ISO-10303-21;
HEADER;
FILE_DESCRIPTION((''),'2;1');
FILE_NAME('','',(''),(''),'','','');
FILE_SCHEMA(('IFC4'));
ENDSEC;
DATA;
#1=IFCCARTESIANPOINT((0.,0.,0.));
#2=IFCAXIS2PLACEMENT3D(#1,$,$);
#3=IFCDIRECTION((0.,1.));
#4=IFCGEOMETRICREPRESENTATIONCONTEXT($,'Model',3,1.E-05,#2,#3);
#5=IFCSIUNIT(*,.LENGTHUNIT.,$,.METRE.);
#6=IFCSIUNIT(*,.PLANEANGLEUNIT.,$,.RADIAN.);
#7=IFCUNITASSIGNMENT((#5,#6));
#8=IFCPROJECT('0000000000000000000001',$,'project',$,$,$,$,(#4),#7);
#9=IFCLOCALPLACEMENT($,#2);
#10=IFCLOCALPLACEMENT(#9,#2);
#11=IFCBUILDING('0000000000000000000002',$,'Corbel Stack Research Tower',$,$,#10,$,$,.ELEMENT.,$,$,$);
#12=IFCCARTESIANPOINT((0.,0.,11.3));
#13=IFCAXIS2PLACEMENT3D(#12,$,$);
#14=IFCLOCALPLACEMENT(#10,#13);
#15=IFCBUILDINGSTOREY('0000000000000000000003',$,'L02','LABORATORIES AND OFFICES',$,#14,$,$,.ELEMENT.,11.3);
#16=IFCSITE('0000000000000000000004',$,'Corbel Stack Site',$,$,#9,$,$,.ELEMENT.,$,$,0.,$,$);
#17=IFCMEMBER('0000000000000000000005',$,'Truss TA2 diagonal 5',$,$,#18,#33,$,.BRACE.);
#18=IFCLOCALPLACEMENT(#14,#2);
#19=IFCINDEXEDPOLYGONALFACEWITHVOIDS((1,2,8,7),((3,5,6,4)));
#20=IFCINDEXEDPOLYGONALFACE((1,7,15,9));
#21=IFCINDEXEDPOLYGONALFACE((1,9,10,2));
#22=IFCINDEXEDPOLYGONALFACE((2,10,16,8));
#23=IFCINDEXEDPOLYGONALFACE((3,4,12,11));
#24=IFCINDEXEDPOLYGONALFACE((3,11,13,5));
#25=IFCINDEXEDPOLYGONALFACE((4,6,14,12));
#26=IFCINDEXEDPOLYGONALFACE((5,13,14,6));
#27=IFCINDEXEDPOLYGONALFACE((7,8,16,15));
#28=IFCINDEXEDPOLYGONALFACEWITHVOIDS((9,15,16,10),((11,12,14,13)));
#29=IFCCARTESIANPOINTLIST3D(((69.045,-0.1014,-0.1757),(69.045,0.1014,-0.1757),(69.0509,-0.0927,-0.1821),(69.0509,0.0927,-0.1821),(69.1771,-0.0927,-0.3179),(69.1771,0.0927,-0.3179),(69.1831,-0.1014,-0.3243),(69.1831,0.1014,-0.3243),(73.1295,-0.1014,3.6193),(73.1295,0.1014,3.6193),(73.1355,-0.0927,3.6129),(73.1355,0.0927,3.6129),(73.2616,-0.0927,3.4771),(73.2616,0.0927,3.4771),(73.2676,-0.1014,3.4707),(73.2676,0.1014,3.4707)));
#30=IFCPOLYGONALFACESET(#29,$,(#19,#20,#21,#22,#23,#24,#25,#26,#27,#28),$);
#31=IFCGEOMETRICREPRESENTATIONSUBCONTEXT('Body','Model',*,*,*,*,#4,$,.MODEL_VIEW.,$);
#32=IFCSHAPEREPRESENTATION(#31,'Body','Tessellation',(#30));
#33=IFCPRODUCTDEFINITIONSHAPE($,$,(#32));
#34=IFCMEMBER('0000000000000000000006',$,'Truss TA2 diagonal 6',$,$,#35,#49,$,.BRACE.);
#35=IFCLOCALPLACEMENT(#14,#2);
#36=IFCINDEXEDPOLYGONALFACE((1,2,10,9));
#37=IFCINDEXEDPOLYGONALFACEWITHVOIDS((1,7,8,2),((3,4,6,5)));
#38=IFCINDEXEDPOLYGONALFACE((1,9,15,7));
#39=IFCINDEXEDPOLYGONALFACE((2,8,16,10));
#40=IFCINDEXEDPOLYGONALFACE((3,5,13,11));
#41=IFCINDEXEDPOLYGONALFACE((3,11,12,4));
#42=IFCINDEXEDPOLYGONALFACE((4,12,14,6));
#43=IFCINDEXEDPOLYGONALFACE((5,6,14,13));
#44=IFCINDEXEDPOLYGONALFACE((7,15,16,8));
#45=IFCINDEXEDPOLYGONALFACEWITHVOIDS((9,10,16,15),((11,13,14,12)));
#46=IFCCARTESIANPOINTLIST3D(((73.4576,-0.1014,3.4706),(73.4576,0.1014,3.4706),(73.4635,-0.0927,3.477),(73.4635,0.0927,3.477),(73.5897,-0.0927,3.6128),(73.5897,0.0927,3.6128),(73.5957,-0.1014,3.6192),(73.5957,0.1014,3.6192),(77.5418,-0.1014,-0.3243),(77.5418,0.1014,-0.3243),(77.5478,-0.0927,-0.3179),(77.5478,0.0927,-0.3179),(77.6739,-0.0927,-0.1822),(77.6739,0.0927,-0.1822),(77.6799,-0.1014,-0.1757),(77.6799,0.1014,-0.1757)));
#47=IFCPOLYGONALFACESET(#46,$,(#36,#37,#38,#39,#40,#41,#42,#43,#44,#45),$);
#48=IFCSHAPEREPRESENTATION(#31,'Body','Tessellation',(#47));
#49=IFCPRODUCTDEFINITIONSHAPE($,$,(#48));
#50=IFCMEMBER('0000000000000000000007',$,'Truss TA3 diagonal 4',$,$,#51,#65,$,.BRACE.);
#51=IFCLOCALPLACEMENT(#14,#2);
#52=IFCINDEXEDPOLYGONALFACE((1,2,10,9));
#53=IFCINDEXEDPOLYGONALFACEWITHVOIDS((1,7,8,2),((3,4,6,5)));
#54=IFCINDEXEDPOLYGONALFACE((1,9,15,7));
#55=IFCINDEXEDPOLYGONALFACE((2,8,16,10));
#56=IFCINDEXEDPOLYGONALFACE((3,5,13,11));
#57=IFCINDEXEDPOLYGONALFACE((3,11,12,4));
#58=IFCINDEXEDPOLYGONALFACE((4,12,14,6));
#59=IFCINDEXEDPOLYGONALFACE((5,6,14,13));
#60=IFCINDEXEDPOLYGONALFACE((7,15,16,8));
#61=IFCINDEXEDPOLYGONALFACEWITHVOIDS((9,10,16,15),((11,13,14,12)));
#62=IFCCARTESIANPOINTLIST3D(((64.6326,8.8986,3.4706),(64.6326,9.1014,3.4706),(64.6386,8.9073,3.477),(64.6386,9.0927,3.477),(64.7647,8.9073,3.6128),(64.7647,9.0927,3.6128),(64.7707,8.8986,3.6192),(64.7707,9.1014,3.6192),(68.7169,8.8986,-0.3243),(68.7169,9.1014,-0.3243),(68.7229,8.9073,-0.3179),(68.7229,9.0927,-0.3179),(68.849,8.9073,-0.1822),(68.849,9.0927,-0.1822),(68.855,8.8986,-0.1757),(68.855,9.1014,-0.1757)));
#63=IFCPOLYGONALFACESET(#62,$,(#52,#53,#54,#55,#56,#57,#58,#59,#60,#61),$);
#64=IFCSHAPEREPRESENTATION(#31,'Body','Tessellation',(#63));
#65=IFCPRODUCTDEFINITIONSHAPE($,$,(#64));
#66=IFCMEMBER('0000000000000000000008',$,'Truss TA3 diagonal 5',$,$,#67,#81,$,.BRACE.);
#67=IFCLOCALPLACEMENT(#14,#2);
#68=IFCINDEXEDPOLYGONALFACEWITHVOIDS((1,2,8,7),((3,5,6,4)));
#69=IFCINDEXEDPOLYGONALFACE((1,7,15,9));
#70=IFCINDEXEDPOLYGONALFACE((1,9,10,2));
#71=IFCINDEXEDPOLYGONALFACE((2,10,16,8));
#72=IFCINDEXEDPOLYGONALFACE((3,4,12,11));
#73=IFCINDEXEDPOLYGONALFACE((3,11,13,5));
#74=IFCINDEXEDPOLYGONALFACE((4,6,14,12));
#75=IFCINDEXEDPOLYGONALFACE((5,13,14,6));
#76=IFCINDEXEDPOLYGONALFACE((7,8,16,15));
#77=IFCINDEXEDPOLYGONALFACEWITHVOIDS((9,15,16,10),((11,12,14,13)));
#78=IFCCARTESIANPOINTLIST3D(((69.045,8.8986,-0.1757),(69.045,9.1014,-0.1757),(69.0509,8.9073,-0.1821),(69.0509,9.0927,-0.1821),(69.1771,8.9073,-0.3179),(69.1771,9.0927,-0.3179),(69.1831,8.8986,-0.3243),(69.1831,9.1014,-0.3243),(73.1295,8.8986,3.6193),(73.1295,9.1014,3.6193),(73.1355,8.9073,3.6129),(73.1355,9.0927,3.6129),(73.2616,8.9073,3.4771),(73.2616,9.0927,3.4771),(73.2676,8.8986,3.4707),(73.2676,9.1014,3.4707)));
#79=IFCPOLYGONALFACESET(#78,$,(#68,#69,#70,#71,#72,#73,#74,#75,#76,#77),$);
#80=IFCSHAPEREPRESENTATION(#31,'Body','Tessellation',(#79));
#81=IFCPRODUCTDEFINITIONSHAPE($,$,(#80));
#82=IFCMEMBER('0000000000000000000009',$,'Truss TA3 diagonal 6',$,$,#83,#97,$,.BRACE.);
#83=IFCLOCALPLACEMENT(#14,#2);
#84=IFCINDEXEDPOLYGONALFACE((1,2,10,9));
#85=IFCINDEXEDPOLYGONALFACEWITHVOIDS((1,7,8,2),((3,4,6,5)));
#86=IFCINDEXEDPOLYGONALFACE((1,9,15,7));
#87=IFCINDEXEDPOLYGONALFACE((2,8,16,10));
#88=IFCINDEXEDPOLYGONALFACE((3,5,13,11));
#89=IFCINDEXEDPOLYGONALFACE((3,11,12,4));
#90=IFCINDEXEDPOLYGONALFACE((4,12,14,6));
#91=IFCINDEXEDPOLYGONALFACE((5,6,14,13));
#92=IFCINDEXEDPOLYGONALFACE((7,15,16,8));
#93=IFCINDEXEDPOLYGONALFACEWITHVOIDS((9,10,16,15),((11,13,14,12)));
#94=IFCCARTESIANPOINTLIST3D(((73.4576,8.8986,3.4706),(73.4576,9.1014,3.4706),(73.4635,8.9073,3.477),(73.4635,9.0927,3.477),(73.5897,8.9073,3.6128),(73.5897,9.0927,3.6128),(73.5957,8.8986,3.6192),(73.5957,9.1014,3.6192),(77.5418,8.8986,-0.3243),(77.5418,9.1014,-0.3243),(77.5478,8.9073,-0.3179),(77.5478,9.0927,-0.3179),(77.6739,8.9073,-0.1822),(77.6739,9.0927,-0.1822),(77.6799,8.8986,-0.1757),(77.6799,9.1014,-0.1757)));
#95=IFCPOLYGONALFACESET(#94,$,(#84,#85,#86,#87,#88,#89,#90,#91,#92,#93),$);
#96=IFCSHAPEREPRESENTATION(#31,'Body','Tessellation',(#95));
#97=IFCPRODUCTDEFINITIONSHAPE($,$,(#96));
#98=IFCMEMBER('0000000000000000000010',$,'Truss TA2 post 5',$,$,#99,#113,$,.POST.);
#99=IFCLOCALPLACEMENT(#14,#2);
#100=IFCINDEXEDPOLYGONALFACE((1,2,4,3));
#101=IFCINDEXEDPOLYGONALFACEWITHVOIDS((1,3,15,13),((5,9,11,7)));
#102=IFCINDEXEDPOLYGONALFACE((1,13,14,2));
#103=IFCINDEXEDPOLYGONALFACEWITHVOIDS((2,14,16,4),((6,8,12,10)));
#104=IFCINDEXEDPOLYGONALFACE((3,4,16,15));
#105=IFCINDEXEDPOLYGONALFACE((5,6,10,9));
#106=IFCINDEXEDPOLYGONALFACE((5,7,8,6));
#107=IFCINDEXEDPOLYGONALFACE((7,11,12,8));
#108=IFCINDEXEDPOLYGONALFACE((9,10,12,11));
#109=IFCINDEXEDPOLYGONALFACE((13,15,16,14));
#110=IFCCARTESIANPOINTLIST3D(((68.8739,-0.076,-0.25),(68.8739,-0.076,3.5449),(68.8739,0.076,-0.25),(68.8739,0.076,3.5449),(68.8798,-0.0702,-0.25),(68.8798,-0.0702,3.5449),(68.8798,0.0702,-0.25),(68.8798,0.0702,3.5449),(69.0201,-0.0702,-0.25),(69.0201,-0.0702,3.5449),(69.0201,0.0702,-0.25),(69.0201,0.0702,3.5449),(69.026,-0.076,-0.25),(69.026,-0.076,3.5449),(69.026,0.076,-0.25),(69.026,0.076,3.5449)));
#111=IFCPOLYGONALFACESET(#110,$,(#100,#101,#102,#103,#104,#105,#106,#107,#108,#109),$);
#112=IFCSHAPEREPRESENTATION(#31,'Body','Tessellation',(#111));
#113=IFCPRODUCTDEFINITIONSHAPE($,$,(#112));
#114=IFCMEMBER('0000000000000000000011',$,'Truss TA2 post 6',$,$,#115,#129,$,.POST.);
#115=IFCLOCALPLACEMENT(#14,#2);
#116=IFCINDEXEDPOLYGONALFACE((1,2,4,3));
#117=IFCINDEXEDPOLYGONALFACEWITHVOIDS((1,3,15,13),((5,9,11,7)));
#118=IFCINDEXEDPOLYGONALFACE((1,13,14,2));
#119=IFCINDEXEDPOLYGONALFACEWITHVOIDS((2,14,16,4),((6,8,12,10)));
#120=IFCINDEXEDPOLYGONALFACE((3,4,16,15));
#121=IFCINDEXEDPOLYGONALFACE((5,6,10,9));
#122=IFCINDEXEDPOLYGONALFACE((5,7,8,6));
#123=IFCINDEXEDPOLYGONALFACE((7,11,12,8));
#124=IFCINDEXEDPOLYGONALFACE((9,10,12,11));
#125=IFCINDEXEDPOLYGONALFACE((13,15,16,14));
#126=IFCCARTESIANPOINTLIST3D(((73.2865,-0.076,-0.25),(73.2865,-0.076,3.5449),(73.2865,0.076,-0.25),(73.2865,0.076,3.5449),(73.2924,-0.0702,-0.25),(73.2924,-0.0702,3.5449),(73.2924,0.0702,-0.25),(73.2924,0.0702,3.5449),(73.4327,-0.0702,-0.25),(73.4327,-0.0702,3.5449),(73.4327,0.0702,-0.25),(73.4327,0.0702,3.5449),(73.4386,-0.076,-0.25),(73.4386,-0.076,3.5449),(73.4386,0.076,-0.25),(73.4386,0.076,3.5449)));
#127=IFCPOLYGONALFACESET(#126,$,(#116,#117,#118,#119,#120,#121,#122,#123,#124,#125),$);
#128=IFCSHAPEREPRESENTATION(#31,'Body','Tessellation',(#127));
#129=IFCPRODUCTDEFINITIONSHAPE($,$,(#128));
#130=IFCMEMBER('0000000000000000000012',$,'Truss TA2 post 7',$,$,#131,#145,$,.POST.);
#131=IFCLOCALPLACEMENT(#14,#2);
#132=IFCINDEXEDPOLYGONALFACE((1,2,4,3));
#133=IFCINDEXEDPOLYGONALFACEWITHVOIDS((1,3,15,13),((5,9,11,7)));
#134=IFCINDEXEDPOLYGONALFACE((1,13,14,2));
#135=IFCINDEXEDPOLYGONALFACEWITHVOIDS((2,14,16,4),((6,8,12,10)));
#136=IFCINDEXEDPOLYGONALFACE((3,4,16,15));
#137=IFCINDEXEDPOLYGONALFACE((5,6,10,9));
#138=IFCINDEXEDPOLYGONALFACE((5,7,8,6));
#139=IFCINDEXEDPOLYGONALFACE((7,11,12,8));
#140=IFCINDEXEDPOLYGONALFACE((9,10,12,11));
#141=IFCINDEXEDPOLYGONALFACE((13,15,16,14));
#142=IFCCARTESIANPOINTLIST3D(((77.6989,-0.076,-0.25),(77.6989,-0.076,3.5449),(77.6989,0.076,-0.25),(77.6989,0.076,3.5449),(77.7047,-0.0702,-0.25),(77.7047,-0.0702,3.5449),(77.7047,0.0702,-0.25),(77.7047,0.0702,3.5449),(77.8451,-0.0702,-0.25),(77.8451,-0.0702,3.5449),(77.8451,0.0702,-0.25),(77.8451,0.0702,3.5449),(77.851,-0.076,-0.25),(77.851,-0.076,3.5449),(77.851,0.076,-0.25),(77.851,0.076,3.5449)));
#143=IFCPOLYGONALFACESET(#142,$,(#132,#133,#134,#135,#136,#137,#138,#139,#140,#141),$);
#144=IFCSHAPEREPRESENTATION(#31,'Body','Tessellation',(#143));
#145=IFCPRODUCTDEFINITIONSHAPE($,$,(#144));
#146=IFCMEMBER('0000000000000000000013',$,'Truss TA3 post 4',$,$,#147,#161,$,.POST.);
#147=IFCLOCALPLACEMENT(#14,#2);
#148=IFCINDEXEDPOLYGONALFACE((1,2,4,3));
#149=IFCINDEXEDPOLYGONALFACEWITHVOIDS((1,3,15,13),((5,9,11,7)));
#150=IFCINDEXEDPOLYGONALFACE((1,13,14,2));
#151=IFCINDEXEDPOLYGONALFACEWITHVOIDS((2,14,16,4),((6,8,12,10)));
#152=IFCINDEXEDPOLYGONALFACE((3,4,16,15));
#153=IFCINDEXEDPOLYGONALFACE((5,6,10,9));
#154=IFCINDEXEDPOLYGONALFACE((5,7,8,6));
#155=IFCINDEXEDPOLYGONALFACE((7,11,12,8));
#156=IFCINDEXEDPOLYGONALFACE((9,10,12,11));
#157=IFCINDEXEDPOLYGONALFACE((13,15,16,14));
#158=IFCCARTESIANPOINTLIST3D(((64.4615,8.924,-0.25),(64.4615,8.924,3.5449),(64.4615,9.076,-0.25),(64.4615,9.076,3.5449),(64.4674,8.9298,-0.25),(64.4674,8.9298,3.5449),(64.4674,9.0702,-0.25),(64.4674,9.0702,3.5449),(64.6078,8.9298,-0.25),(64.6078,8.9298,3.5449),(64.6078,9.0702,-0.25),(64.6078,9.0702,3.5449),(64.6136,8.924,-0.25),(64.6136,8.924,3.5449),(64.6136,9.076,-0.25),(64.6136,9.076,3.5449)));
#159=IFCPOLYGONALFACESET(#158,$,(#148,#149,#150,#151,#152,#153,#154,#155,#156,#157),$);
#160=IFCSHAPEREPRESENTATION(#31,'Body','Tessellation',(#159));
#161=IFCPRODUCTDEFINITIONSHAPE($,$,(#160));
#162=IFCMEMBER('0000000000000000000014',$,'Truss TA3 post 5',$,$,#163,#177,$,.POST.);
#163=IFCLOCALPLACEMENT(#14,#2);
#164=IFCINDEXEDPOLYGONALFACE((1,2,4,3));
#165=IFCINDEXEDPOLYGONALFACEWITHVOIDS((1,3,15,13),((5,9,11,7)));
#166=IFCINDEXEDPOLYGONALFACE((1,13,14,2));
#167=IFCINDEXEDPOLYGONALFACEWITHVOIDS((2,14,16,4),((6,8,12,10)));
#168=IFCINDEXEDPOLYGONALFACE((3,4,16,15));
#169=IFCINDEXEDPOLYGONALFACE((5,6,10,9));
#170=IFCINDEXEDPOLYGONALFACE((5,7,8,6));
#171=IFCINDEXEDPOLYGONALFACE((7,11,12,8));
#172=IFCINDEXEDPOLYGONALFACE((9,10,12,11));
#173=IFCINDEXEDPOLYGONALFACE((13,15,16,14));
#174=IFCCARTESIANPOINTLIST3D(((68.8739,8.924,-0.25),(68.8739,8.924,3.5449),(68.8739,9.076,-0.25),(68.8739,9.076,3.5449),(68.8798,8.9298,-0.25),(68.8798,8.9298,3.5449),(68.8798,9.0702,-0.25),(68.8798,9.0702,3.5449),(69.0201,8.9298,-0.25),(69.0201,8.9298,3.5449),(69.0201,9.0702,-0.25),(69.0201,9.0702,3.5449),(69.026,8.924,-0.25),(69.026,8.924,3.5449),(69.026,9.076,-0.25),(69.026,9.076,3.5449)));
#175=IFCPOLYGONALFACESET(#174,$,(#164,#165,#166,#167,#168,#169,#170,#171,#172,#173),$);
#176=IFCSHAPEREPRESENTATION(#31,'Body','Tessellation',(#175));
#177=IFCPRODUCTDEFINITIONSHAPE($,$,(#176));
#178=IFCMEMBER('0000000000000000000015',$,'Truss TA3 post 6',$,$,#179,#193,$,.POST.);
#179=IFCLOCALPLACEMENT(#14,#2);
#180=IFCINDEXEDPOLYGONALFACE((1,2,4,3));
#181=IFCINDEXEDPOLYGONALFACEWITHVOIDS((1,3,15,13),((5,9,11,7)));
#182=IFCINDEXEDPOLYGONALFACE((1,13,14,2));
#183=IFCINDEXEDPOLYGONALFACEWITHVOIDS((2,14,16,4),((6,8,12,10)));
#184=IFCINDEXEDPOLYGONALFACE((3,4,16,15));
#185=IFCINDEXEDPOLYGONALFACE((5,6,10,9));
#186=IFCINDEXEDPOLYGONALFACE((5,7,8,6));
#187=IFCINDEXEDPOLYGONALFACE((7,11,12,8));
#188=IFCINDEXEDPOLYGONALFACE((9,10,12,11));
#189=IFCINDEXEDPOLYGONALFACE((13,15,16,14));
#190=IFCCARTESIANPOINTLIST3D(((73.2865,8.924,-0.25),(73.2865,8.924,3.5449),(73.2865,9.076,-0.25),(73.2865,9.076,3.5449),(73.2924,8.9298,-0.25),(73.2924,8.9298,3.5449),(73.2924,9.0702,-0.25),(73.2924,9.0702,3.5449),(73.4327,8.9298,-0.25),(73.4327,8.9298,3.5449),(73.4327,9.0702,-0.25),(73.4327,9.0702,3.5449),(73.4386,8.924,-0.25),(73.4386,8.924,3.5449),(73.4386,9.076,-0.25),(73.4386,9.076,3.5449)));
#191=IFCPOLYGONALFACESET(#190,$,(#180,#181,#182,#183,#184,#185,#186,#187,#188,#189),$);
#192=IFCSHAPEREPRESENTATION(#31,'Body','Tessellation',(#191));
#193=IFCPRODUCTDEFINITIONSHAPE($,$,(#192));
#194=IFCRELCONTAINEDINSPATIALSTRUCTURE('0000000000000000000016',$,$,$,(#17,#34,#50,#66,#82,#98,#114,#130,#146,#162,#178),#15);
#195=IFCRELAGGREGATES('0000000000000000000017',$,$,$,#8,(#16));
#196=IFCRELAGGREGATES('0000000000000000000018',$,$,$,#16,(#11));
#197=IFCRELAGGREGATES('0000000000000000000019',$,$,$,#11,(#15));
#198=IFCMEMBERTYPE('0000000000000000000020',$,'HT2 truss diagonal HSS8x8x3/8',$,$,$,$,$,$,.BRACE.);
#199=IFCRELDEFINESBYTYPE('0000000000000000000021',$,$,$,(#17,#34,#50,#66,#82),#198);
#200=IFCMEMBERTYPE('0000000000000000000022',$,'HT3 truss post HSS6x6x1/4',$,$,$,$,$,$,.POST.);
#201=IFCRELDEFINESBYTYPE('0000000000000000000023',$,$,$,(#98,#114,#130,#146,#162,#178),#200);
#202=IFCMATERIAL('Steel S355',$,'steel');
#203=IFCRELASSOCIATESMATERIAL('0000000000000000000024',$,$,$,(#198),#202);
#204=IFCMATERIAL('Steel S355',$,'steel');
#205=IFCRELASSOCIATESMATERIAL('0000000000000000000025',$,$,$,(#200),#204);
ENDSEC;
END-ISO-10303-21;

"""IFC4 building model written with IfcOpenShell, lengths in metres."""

from ifc_helpers import new_model, si_unit, direction, frame, origin, origin_2d, place, context, subcontext, project, spatial, hollow_rectangle, extrude, material, material_profile, profile_set, type_object, element, save


model = new_model("IFC4")

# Units and contexts
model_context = context("Model", 3, precision=1e-05, world=origin(), true_north=direction((0.0, 1.0)))
body_context = subcontext(model_context, "Body", "Model", "MODEL_VIEW")
ifc_project = project(units=[si_unit("LENGTHUNIT", "METRE"), si_unit("PLANEANGLEUNIT", "RADIAN")], contexts=[model_context])

# Site, building, storey
site_placement = place(None, origin())
site = spatial("IfcSite", under=ifc_project, at=site_placement, Name="Corbel Stack Site", CompositionType="ELEMENT", RefElevation=0.0)
building_placement = place(site_placement, origin())
building = spatial("IfcBuilding", under=site, at=building_placement, Name="Corbel Stack Research Tower", CompositionType="ELEMENT")
storey_placement = place(building_placement, frame((0.0, 0.0, 11.3)))
storey = spatial("IfcBuildingStorey", under=building, at=storey_placement, Name="L02", Description="LABORATORIES AND OFFICES", CompositionType="ELEMENT", Elevation=11.3)

# Members
ifc_material_1 = material(Name="Steel S355", Category="steel")
ifc_material_profile_1 = material_profile(ifc_material_1, hollow_rectangle(XDim=0.2029, YDim=0.2029, WallThickness=0.0088, at=origin_2d()), Name="HSS8x8x3/8")
ifc_profile_set_1 = profile_set([ifc_material_profile_1], Name="Steel S355")
member_type_1 = type_object("IfcMemberType", Name="HT2 truss diagonal HSS8x8x3/8", PredefinedType="BRACE", material=ifc_profile_set_1)
member_1_placement = place(storey_placement, frame((69.114, 0.0, -0.25), z_axis=(0.732597, 0.0, 0.680663), x_axis=(0.0, 1.0, 0.0)))
element("IfcMember", 1, at=member_1_placement, inside=storey, type_object=member_type_1, Name="Truss TA2 diagonal 5", PredefinedType="BRACE", context=body_context, shape_type="SweptSolid", body=[
    extrude(hollow_rectangle(XDim=0.2029, YDim=0.2029, WallThickness=0.0088, at=origin_2d()), origin(), (0.0, 0.0, 1.0), 5.5754),
])
for number, where, z_axis, x_axis, name in (
    (2, (73.5266, 0.0, 3.5449), (0.732577, 0.0, -0.680685), (0.0, 1.0, 0.0), "Truss TA2 diagonal 6"),
    (3, (64.7017, 9.0, 3.5449), (0.732577, 0.0, -0.680685), (0.0, 1.0, 0.0), "Truss TA3 diagonal 4"),
):
    element("IfcMember", number, at=place(storey_placement, frame(where, z_axis=z_axis, x_axis=x_axis)), inside=storey, type_object=member_type_1, Name=name, PredefinedType="BRACE", context=body_context, shape_type="SweptSolid", body=[
        extrude(hollow_rectangle(XDim=0.2029, YDim=0.2029, WallThickness=0.0088, at=origin_2d()), origin(), (0.0, 0.0, 1.0), 5.5752),
    ])
member_2_placement = place(storey_placement, frame((69.114, 9.0, -0.25), z_axis=(0.732597, 0.0, 0.680663), x_axis=(0.0, 1.0, 0.0)))
element("IfcMember", 4, at=member_2_placement, inside=storey, type_object=member_type_1, Name="Truss TA3 diagonal 5", PredefinedType="BRACE", context=body_context, shape_type="SweptSolid", body=[
    extrude(hollow_rectangle(XDim=0.2029, YDim=0.2029, WallThickness=0.0088, at=origin_2d()), origin(), (0.0, 0.0, 1.0), 5.5754),
])
member_3_placement = place(storey_placement, frame((73.5266, 9.0, 3.5449), z_axis=(0.732577, 0.0, -0.680685), x_axis=(0.0, 1.0, 0.0)))
element("IfcMember", 5, at=member_3_placement, inside=storey, type_object=member_type_1, Name="Truss TA3 diagonal 6", PredefinedType="BRACE", context=body_context, shape_type="SweptSolid", body=[
    extrude(hollow_rectangle(XDim=0.2029, YDim=0.2029, WallThickness=0.0088, at=origin_2d()), origin(), (0.0, 0.0, 1.0), 5.5752),
])
ifc_material_2 = material(Name="Steel S355", Category="steel")
ifc_material_profile_2 = material_profile(ifc_material_2, hollow_rectangle(XDim=0.1521, YDim=0.1521, WallThickness=0.0059, at=origin_2d()), Name="HSS6x6x1/4")
ifc_profile_set_2 = profile_set([ifc_material_profile_2], Name="Steel S355")
member_type_2 = type_object("IfcMemberType", Name="HT3 truss post HSS6x6x1/4", PredefinedType="POST", material=ifc_profile_set_2)
for number, where, z_axis, x_axis, name in (
    (6, (68.95, 0.0, -0.25), (0.0, 0.0, 1.0), (1.0, 0.0, 0.0), "Truss TA2 post 5"),
    (7, (73.3625, 0.0, -0.25), (0.0, 0.0, 1.0), (1.0, 0.0, 0.0), "Truss TA2 post 6"),
    (8, (77.7749, 0.0, -0.25), (0.0, 0.0, 1.0), (1.0, 0.0, 0.0), "Truss TA2 post 7"),
    (9, (64.5376, 9.0, -0.25), (0.0, 0.0, 1.0), (1.0, 0.0, 0.0), "Truss TA3 post 4"),
    (10, (68.95, 9.0, -0.25), (0.0, 0.0, 1.0), (1.0, 0.0, 0.0), "Truss TA3 post 5"),
    (11, (73.3625, 9.0, -0.25), (0.0, 0.0, 1.0), (1.0, 0.0, 0.0), "Truss TA3 post 6"),
):
    element("IfcMember", number, at=place(storey_placement, frame(where, z_axis=z_axis, x_axis=x_axis)), inside=storey, type_object=member_type_2, Name=name, PredefinedType="POST", context=body_context, shape_type="SweptSolid", body=[
        extrude(hollow_rectangle(XDim=0.1521, YDim=0.1521, WallThickness=0.0059, at=origin_2d()), origin(), (0.0, 0.0, 1.0), 3.7949),
    ])

save(model, "model.ifc")
